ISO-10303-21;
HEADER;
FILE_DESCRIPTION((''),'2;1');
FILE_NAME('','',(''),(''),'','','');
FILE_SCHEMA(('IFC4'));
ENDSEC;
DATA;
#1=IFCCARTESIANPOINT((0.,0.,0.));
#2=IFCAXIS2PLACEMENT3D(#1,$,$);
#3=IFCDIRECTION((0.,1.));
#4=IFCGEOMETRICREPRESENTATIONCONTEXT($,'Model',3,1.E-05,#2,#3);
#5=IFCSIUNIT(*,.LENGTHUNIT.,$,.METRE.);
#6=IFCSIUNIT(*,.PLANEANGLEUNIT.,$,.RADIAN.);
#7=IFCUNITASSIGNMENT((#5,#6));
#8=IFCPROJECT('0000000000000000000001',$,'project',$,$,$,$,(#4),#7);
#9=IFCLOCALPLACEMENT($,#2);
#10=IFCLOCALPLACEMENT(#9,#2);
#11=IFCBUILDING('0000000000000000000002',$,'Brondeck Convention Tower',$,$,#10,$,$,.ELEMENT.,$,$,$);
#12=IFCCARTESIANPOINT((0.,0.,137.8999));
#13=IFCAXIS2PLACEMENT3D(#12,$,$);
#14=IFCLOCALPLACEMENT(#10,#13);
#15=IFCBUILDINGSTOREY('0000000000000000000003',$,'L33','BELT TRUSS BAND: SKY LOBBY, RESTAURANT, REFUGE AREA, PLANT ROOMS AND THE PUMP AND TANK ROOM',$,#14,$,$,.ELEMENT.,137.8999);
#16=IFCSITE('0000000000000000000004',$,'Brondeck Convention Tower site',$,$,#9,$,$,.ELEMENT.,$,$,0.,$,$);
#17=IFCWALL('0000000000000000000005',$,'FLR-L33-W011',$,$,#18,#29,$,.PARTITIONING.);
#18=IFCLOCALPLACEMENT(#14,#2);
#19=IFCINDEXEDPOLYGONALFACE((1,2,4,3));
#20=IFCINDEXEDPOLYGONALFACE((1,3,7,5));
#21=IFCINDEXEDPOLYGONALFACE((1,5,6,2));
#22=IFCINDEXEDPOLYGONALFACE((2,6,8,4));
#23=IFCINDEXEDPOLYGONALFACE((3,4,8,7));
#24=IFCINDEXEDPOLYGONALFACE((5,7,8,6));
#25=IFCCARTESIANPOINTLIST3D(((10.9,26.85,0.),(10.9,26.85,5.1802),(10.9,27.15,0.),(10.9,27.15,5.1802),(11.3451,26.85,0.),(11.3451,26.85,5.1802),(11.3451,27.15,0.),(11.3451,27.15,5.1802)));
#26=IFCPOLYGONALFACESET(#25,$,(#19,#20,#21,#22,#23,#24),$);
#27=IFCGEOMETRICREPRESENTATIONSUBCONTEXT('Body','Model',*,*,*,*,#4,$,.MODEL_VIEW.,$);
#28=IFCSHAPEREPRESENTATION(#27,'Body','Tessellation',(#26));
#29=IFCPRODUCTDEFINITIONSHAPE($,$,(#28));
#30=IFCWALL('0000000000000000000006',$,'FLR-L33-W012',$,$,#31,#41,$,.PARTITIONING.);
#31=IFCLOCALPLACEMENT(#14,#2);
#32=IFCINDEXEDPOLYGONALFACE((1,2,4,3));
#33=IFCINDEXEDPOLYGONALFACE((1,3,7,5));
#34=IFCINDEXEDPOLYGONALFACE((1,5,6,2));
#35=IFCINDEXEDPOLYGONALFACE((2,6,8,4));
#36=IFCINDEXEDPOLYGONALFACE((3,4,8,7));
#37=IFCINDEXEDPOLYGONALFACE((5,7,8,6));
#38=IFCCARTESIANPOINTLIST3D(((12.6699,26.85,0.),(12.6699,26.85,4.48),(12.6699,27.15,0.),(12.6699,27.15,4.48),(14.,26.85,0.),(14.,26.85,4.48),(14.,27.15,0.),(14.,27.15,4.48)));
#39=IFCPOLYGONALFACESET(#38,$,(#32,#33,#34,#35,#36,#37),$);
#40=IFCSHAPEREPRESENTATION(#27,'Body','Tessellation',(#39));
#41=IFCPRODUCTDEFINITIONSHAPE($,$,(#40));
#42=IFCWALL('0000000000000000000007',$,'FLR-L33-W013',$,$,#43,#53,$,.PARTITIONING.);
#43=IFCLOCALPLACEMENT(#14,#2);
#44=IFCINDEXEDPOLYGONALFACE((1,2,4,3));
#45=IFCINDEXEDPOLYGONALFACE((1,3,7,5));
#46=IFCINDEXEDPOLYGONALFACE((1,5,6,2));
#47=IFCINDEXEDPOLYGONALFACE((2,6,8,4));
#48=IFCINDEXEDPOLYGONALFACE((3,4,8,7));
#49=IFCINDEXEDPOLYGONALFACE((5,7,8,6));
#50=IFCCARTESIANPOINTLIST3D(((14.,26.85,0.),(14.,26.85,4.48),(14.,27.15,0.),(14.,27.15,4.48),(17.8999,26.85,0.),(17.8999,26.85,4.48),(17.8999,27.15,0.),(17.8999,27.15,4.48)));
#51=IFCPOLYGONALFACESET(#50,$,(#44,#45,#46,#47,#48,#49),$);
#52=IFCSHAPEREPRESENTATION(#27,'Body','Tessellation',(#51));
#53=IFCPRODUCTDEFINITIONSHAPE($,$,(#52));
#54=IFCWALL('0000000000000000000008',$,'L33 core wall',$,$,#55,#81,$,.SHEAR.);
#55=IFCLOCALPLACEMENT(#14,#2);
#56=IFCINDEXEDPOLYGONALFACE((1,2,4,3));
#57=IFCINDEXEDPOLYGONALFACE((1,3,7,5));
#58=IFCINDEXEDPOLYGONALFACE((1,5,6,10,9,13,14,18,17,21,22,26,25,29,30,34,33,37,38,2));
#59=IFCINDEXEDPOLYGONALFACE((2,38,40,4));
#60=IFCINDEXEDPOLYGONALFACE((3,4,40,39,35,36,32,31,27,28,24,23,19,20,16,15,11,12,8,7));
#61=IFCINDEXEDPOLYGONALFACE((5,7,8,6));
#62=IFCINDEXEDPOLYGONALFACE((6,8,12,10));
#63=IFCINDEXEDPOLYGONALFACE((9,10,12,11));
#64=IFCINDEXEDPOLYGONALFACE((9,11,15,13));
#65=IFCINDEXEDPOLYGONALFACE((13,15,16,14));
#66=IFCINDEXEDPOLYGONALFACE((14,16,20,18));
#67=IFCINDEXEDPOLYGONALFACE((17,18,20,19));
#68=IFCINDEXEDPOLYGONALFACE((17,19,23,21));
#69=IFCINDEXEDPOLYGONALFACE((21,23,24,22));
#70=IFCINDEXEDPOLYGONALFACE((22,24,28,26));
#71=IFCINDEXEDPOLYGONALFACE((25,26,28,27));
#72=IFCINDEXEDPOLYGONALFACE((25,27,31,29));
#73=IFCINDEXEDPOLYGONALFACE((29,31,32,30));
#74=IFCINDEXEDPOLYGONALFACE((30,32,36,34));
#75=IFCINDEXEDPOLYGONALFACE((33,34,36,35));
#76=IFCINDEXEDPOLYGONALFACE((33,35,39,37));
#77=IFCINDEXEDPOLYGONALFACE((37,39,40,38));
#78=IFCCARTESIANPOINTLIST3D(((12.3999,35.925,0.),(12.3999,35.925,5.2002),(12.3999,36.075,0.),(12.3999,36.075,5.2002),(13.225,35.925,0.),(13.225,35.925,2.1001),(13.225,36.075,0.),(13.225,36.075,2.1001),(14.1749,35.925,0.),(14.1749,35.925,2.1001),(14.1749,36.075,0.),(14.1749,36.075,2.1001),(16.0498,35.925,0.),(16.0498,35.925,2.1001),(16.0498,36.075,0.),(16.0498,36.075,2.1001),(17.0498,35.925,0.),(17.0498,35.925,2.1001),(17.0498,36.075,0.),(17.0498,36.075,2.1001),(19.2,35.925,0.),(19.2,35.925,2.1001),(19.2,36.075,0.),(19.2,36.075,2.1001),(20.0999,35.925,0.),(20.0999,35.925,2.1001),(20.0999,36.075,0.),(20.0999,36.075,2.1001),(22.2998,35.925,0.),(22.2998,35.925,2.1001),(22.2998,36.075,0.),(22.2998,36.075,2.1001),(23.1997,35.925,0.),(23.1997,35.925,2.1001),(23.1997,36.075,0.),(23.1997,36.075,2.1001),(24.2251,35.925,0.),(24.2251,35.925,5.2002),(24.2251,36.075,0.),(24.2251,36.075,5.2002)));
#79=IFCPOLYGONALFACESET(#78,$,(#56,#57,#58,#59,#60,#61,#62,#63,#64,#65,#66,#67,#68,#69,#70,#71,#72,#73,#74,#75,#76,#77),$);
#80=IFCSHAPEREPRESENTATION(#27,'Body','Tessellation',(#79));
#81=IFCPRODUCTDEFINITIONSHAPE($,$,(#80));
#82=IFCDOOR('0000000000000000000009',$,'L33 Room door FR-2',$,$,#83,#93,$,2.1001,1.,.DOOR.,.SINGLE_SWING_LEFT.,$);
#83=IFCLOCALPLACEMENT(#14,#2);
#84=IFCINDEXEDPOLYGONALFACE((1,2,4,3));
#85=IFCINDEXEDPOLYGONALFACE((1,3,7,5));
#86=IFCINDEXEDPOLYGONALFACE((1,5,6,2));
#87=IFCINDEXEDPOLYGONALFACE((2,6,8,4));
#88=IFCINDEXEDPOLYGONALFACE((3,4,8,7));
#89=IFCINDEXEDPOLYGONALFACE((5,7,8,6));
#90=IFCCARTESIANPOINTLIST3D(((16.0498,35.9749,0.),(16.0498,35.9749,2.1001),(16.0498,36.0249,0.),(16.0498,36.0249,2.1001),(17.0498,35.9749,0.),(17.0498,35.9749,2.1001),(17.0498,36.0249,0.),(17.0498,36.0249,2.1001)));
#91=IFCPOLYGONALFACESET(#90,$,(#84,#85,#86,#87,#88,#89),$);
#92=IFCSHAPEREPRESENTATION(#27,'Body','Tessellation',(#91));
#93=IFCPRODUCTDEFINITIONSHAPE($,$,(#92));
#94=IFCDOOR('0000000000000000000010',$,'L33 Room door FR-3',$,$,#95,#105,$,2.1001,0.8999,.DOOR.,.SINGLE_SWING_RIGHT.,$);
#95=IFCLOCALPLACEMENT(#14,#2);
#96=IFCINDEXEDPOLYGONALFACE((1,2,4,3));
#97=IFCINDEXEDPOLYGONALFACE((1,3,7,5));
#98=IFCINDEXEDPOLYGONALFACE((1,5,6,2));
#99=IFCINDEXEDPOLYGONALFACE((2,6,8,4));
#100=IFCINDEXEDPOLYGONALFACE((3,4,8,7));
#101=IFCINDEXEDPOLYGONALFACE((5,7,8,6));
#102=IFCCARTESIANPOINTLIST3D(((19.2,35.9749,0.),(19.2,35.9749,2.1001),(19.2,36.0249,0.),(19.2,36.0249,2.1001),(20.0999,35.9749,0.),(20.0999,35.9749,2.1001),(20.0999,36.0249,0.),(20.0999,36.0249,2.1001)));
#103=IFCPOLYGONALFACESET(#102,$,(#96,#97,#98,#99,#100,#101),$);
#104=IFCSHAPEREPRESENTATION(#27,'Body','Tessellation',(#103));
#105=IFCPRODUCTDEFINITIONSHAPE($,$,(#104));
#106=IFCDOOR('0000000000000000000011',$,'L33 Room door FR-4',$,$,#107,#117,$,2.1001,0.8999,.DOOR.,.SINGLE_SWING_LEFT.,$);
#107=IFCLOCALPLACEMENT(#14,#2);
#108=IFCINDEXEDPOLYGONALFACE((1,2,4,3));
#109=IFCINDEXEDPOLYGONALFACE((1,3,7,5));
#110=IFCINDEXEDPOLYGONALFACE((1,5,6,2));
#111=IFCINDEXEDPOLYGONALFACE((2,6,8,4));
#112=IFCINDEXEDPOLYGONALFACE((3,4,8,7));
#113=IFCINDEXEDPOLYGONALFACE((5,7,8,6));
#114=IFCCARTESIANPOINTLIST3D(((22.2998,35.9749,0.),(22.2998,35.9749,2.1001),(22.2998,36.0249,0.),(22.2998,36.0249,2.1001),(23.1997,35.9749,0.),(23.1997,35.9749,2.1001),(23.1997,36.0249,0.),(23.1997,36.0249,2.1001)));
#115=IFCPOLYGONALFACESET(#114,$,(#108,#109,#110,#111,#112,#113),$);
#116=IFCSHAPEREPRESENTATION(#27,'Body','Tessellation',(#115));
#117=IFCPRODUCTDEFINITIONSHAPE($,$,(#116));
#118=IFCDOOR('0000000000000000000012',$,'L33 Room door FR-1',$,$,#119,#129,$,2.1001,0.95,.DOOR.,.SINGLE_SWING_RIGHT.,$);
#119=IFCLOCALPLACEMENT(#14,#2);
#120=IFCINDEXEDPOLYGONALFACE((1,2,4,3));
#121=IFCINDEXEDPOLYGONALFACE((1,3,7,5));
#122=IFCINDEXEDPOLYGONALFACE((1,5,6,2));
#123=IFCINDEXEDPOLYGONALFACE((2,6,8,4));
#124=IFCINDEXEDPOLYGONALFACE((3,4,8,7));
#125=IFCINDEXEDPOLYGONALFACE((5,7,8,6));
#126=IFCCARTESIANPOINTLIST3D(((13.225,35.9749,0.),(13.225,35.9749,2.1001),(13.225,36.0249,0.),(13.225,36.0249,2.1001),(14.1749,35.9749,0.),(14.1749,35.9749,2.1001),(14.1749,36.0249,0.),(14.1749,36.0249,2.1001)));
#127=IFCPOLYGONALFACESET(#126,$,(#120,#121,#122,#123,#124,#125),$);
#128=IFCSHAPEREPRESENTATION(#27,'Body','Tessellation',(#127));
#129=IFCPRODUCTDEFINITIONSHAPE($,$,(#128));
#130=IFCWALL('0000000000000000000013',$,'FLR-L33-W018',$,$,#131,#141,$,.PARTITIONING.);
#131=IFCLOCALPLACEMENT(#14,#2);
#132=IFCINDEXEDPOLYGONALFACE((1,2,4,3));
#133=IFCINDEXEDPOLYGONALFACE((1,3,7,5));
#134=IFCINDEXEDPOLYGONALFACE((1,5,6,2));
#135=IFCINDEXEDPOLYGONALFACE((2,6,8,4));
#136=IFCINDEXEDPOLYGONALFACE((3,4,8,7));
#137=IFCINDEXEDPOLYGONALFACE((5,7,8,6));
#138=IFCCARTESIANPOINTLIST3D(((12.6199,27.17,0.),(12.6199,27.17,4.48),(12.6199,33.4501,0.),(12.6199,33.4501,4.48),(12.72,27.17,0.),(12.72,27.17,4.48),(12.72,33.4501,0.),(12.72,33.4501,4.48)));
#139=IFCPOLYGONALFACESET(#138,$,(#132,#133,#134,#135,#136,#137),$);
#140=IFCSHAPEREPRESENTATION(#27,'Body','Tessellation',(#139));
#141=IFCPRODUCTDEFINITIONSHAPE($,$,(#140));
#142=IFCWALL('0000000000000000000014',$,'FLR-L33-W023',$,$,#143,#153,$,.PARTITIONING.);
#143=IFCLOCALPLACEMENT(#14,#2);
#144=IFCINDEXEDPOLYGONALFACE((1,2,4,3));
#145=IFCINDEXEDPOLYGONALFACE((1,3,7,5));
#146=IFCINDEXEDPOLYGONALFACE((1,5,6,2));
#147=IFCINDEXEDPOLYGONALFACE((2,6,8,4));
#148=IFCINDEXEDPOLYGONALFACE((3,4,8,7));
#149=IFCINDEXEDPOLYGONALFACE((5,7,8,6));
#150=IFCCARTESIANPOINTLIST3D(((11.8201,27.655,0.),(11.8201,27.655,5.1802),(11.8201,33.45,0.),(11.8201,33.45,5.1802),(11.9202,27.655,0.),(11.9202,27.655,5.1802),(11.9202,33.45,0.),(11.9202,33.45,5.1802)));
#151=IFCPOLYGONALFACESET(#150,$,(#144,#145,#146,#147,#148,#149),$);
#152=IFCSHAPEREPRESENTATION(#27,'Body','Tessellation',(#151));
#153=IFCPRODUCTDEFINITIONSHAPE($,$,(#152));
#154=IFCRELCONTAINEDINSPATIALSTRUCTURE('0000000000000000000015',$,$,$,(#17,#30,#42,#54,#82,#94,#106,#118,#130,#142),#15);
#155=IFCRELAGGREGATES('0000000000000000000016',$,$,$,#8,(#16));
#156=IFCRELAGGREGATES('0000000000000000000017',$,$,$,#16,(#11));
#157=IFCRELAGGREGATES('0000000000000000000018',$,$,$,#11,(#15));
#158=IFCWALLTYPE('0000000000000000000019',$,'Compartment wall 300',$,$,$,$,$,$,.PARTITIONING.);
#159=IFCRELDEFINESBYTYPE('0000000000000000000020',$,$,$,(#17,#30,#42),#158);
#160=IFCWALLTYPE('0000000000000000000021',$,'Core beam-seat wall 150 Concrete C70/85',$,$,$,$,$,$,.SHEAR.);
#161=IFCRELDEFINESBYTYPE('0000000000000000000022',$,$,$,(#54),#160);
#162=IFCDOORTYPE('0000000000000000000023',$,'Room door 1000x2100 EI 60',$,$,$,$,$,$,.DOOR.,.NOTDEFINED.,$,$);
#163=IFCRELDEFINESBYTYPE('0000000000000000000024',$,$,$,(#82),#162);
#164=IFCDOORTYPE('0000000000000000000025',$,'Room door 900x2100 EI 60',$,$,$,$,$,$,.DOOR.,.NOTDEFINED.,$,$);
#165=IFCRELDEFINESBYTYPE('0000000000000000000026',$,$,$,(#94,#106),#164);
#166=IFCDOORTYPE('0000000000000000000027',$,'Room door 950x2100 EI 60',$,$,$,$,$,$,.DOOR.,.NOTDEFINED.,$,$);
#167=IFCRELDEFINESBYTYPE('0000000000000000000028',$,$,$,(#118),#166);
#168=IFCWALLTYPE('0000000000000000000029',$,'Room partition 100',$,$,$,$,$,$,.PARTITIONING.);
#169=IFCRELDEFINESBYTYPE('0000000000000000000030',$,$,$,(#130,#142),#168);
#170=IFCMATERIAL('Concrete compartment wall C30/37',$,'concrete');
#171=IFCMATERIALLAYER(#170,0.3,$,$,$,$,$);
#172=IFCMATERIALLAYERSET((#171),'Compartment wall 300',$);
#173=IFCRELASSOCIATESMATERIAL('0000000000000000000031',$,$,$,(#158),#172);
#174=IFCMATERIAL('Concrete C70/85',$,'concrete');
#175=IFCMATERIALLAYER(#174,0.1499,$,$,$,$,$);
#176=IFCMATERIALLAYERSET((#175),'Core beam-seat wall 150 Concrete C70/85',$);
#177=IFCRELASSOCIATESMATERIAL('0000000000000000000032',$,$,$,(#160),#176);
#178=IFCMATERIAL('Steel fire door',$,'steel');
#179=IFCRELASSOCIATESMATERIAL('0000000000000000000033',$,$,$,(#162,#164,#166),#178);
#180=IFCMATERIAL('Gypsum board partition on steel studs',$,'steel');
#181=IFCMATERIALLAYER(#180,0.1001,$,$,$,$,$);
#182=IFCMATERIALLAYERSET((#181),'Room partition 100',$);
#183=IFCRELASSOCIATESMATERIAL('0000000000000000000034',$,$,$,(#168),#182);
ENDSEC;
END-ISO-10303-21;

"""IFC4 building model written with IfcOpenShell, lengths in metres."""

from ifc_helpers import new_model, si_unit, direction, frame, frame_2d, origin, place, context, subcontext, project, spatial, rectangle, extrude, material, layer, layer_set, type_object, element, fill, save


model = new_model("IFC4")

# Units and contexts
model_context = context("Model", 3, precision=1e-05, world=origin(), true_north=direction((0.0, 1.0)))
body_context = subcontext(model_context, "Body", "Model", "MODEL_VIEW")
ifc_project = project(units=[si_unit("LENGTHUNIT", "METRE"), si_unit("PLANEANGLEUNIT", "RADIAN")], contexts=[model_context])

# Site, building, storey
site_placement = place(None, origin())
site = spatial("IfcSite", under=ifc_project, at=site_placement, Name="Brondeck Convention Tower site", CompositionType="ELEMENT", RefElevation=0.0)
building_placement = place(site_placement, origin())
building = spatial("IfcBuilding", under=site, at=building_placement, Name="Brondeck Convention Tower", CompositionType="ELEMENT")
storey_placement = place(building_placement, frame((0.0, 0.0, 137.8999)))
storey = spatial("IfcBuildingStorey", under=building, at=storey_placement, Name="L33", Description="BELT TRUSS BAND: SKY LOBBY, RESTAURANT, REFUGE AREA, PLANT ROOMS AND THE PUMP AND TANK ROOM", CompositionType="ELEMENT", Elevation=137.8999)

# Shared definitions
ifc_material_1 = material(Name="Concrete C70/85", Category="concrete")

# Walls
ifc_material_2 = material(Name="Concrete compartment wall C30/37", Category="concrete")
ifc_layer_1 = layer(ifc_material_2, 0.3)
ifc_layer_set_1 = layer_set([ifc_layer_1], Name="Compartment wall 300")
wall_type_1 = type_object("IfcWallType", Name="Compartment wall 300", PredefinedType="PARTITIONING", material=ifc_layer_set_1)
wall_1_placement = place(storey_placement, frame((10.8999, 27.0, 0.0), z_axis=(0.0, 0.0, 1.0), x_axis=(1.0, 0.0, 0.0)))
element("IfcWall", 1, at=wall_1_placement, inside=storey, type_object=wall_type_1, Name="FLR-L33-W011", PredefinedType="PARTITIONING", context=body_context, shape_type="SweptSolid", body=[
    extrude(rectangle(XDim=0.4451, YDim=0.3, at=frame_2d((0.2227, 0.0))), origin(), (0.0, 0.0, 1.0), 5.1802),
])
wall_2_placement = place(storey_placement, frame((12.6699, 27.0, 0.0), z_axis=(0.0, 0.0, 1.0), x_axis=(1.0, 0.0, 0.0)))
element("IfcWall", 2, at=wall_2_placement, inside=storey, type_object=wall_type_1, Name="FLR-L33-W012", PredefinedType="PARTITIONING", context=body_context, shape_type="SweptSolid", body=[
    extrude(rectangle(XDim=1.3301, YDim=0.3, at=frame_2d((0.665, 0.0))), origin(), (0.0, 0.0, 1.0), 4.48),
])
wall_3_placement = place(storey_placement, frame((14.0, 27.0, 0.0), z_axis=(0.0, 0.0, 1.0), x_axis=(1.0, 0.0, 0.0)))
element("IfcWall", 3, at=wall_3_placement, inside=storey, type_object=wall_type_1, Name="FLR-L33-W013", PredefinedType="PARTITIONING", context=body_context, shape_type="SweptSolid", body=[
    extrude(rectangle(XDim=3.8999, YDim=0.3, at=frame_2d((1.95, 0.0))), origin(), (0.0, 0.0, 1.0), 4.48),
])

# Wall, openings, doors
ifc_layer_2 = layer(ifc_material_1, 0.1499)
ifc_layer_set_2 = layer_set([ifc_layer_2], Name="Core beam-seat wall 150 Concrete C70/85")
wall_type_2 = type_object("IfcWallType", Name="Core beam-seat wall 150 Concrete C70/85", PredefinedType="SHEAR", material=ifc_layer_set_2)
wall_4_placement = place(storey_placement, frame((12.3999, 36.0, 0.0), z_axis=(0.0, 0.0, 1.0), x_axis=(1.0, 0.0, 0.0)))
wall_4 = element("IfcWall", 4, at=wall_4_placement, inside=storey, type_object=wall_type_2, Name="L33 core wall", PredefinedType="SHEAR", context=body_context, shape_type="SweptSolid", body=[
    extrude(rectangle(XDim=11.8252, YDim=0.1499, at=frame_2d((5.9126, 0.0))), origin(), (0.0, 0.0, 1.0), 5.2002),
])
opening_1_placement = place(wall_4_placement, frame((0.825, 0.0, 0.0)))
opening_1 = element("IfcOpeningElement", 5, at=opening_1_placement, cuts=wall_4, PredefinedType="OPENING", context=body_context, shape_type="SweptSolid", body=[
    extrude(rectangle(XDim=0.95, YDim=2.1001, at=frame_2d((0.4751, 1.05))), frame((0.0, 0.085, 0.0), z_axis=(0.0, -1.0, 0.0), x_axis=(1.0, 0.0, 0.0)), (0.0, 0.0, 1.0), 0.1699),
])
opening_2_placement = place(wall_4_placement, frame((3.6499, 0.0, 0.0)))
opening_2 = element("IfcOpeningElement", 6, at=opening_2_placement, cuts=wall_4, PredefinedType="OPENING", context=body_context, shape_type="SweptSolid", body=[
    extrude(rectangle(XDim=1.0, YDim=2.1001, at=frame_2d((0.5, 1.05))), frame((0.0, 0.085, 0.0), z_axis=(0.0, -1.0, 0.0), x_axis=(1.0, 0.0, 0.0)), (0.0, 0.0, 1.0), 0.1699),
])
opening_3_placement = place(wall_4_placement, frame((6.8, 0.0, 0.0)))
opening_3 = element("IfcOpeningElement", 7, at=opening_3_placement, cuts=wall_4, PredefinedType="OPENING", context=body_context, shape_type="SweptSolid", body=[
    extrude(rectangle(XDim=0.8999, YDim=2.1001, at=frame_2d((0.45, 1.05))), frame((0.0, 0.085, 0.0), z_axis=(0.0, -1.0, 0.0), x_axis=(1.0, 0.0, 0.0)), (0.0, 0.0, 1.0), 0.1699),
])
opening_4_placement = place(wall_4_placement, frame((9.8999, 0.0, 0.0)))
opening_4 = element("IfcOpeningElement", 8, at=opening_4_placement, cuts=wall_4, PredefinedType="OPENING", context=body_context, shape_type="SweptSolid", body=[
    extrude(rectangle(XDim=0.8999, YDim=2.1001, at=frame_2d((0.45, 1.05))), frame((0.0, 0.085, 0.0), z_axis=(0.0, -1.0, 0.0), x_axis=(1.0, 0.0, 0.0)), (0.0, 0.0, 1.0), 0.1699),
])
ifc_material_3 = material(Name="Steel fire door", Category="steel")
door_type_1 = type_object("IfcDoorType", Name="Room door 1000x2100 EI 60", OperationType="NOTDEFINED", PredefinedType="DOOR", material=ifc_material_3)
door_1_placement = place(opening_2_placement, origin())
door_1 = element("IfcDoor", 9, at=door_1_placement, inside=storey, type_object=door_type_1, Name="L33 Room door FR-2", OperationType="SINGLE_SWING_LEFT", OverallHeight=2.1001, OverallWidth=1.0, PredefinedType="DOOR", context=body_context, shape_type="SweptSolid", body=[
    extrude(rectangle(XDim=1.0, YDim=2.1001, at=frame_2d((0.5, 1.05))), frame((0.0, 0.0249, 0.0), z_axis=(0.0, -1.0, 0.0), x_axis=(1.0, 0.0, 0.0)), (0.0, 0.0, 1.0), 0.05),
])
fill(opening_2, door_1)
door_type_2 = type_object("IfcDoorType", Name="Room door 900x2100 EI 60", OperationType="NOTDEFINED", PredefinedType="DOOR", material=ifc_material_3)
door_2_placement = place(opening_3_placement, origin())
door_2 = element("IfcDoor", 10, at=door_2_placement, inside=storey, type_object=door_type_2, Name="L33 Room door FR-3", OperationType="SINGLE_SWING_RIGHT", OverallHeight=2.1001, OverallWidth=0.8999, PredefinedType="DOOR", context=body_context, shape_type="SweptSolid", body=[
    extrude(rectangle(XDim=0.8999, YDim=2.1001, at=frame_2d((0.45, 1.05))), frame((0.0, 0.0249, 0.0), z_axis=(0.0, -1.0, 0.0), x_axis=(1.0, 0.0, 0.0)), (0.0, 0.0, 1.0), 0.05),
])
fill(opening_3, door_2)
door_3_placement = place(opening_4_placement, origin())
door_3 = element("IfcDoor", 11, at=door_3_placement, inside=storey, type_object=door_type_2, Name="L33 Room door FR-4", OperationType="SINGLE_SWING_LEFT", OverallHeight=2.1001, OverallWidth=0.8999, PredefinedType="DOOR", context=body_context, shape_type="SweptSolid", body=[
    extrude(rectangle(XDim=0.8999, YDim=2.1001, at=frame_2d((0.45, 1.05))), frame((0.0, 0.0249, 0.0), z_axis=(0.0, -1.0, 0.0), x_axis=(1.0, 0.0, 0.0)), (0.0, 0.0, 1.0), 0.05),
])
fill(opening_4, door_3)
door_type_3 = type_object("IfcDoorType", Name="Room door 950x2100 EI 60", OperationType="NOTDEFINED", PredefinedType="DOOR", material=ifc_material_3)
door_4_placement = place(opening_1_placement, origin())
door_4 = element("IfcDoor", 12, at=door_4_placement, inside=storey, type_object=door_type_3, Name="L33 Room door FR-1", OperationType="SINGLE_SWING_RIGHT", OverallHeight=2.1001, OverallWidth=0.95, PredefinedType="DOOR", context=body_context, shape_type="SweptSolid", body=[
    extrude(rectangle(XDim=0.95, YDim=2.1001, at=frame_2d((0.4751, 1.05))), frame((0.0, 0.0249, 0.0), z_axis=(0.0, -1.0, 0.0), x_axis=(1.0, 0.0, 0.0)), (0.0, 0.0, 1.0), 0.05),
])
fill(opening_1, door_4)

# Walls
ifc_material_4 = material(Name="Gypsum board partition on steel studs", Category="steel")
ifc_layer_3 = layer(ifc_material_4, 0.1001)
ifc_layer_set_3 = layer_set([ifc_layer_3], Name="Room partition 100")
wall_type_3 = type_object("IfcWallType", Name="Room partition 100", PredefinedType="PARTITIONING", material=ifc_layer_set_3)
wall_5_placement = place(storey_placement, frame((12.6699, 27.1699, 0.0), z_axis=(0.0, 0.0, 1.0), x_axis=(0.0, 1.0, 0.0)))
element("IfcWall", 13, at=wall_5_placement, inside=storey, type_object=wall_type_3, Name="FLR-L33-W018", PredefinedType="PARTITIONING", context=body_context, shape_type="SweptSolid", body=[
    extrude(rectangle(XDim=6.28, YDim=0.1001, at=frame_2d((3.1401, 0.0))), origin(), (0.0, 0.0, 1.0), 4.48),
])
wall_6_placement = place(storey_placement, frame((11.8701, 33.45, 0.0), z_axis=(0.0, 0.0, 1.0), x_axis=(0.0, -1.0, 0.0)))
element("IfcWall", 14, at=wall_6_placement, inside=storey, type_object=wall_type_3, Name="FLR-L33-W023", PredefinedType="PARTITIONING", context=body_context, shape_type="SweptSolid", body=[
    extrude(rectangle(XDim=5.7949, YDim=0.1001, at=frame_2d((2.8975, 0.0))), origin(), (0.0, 0.0, 1.0), 5.1802),
])

save(model, "model.ifc")
